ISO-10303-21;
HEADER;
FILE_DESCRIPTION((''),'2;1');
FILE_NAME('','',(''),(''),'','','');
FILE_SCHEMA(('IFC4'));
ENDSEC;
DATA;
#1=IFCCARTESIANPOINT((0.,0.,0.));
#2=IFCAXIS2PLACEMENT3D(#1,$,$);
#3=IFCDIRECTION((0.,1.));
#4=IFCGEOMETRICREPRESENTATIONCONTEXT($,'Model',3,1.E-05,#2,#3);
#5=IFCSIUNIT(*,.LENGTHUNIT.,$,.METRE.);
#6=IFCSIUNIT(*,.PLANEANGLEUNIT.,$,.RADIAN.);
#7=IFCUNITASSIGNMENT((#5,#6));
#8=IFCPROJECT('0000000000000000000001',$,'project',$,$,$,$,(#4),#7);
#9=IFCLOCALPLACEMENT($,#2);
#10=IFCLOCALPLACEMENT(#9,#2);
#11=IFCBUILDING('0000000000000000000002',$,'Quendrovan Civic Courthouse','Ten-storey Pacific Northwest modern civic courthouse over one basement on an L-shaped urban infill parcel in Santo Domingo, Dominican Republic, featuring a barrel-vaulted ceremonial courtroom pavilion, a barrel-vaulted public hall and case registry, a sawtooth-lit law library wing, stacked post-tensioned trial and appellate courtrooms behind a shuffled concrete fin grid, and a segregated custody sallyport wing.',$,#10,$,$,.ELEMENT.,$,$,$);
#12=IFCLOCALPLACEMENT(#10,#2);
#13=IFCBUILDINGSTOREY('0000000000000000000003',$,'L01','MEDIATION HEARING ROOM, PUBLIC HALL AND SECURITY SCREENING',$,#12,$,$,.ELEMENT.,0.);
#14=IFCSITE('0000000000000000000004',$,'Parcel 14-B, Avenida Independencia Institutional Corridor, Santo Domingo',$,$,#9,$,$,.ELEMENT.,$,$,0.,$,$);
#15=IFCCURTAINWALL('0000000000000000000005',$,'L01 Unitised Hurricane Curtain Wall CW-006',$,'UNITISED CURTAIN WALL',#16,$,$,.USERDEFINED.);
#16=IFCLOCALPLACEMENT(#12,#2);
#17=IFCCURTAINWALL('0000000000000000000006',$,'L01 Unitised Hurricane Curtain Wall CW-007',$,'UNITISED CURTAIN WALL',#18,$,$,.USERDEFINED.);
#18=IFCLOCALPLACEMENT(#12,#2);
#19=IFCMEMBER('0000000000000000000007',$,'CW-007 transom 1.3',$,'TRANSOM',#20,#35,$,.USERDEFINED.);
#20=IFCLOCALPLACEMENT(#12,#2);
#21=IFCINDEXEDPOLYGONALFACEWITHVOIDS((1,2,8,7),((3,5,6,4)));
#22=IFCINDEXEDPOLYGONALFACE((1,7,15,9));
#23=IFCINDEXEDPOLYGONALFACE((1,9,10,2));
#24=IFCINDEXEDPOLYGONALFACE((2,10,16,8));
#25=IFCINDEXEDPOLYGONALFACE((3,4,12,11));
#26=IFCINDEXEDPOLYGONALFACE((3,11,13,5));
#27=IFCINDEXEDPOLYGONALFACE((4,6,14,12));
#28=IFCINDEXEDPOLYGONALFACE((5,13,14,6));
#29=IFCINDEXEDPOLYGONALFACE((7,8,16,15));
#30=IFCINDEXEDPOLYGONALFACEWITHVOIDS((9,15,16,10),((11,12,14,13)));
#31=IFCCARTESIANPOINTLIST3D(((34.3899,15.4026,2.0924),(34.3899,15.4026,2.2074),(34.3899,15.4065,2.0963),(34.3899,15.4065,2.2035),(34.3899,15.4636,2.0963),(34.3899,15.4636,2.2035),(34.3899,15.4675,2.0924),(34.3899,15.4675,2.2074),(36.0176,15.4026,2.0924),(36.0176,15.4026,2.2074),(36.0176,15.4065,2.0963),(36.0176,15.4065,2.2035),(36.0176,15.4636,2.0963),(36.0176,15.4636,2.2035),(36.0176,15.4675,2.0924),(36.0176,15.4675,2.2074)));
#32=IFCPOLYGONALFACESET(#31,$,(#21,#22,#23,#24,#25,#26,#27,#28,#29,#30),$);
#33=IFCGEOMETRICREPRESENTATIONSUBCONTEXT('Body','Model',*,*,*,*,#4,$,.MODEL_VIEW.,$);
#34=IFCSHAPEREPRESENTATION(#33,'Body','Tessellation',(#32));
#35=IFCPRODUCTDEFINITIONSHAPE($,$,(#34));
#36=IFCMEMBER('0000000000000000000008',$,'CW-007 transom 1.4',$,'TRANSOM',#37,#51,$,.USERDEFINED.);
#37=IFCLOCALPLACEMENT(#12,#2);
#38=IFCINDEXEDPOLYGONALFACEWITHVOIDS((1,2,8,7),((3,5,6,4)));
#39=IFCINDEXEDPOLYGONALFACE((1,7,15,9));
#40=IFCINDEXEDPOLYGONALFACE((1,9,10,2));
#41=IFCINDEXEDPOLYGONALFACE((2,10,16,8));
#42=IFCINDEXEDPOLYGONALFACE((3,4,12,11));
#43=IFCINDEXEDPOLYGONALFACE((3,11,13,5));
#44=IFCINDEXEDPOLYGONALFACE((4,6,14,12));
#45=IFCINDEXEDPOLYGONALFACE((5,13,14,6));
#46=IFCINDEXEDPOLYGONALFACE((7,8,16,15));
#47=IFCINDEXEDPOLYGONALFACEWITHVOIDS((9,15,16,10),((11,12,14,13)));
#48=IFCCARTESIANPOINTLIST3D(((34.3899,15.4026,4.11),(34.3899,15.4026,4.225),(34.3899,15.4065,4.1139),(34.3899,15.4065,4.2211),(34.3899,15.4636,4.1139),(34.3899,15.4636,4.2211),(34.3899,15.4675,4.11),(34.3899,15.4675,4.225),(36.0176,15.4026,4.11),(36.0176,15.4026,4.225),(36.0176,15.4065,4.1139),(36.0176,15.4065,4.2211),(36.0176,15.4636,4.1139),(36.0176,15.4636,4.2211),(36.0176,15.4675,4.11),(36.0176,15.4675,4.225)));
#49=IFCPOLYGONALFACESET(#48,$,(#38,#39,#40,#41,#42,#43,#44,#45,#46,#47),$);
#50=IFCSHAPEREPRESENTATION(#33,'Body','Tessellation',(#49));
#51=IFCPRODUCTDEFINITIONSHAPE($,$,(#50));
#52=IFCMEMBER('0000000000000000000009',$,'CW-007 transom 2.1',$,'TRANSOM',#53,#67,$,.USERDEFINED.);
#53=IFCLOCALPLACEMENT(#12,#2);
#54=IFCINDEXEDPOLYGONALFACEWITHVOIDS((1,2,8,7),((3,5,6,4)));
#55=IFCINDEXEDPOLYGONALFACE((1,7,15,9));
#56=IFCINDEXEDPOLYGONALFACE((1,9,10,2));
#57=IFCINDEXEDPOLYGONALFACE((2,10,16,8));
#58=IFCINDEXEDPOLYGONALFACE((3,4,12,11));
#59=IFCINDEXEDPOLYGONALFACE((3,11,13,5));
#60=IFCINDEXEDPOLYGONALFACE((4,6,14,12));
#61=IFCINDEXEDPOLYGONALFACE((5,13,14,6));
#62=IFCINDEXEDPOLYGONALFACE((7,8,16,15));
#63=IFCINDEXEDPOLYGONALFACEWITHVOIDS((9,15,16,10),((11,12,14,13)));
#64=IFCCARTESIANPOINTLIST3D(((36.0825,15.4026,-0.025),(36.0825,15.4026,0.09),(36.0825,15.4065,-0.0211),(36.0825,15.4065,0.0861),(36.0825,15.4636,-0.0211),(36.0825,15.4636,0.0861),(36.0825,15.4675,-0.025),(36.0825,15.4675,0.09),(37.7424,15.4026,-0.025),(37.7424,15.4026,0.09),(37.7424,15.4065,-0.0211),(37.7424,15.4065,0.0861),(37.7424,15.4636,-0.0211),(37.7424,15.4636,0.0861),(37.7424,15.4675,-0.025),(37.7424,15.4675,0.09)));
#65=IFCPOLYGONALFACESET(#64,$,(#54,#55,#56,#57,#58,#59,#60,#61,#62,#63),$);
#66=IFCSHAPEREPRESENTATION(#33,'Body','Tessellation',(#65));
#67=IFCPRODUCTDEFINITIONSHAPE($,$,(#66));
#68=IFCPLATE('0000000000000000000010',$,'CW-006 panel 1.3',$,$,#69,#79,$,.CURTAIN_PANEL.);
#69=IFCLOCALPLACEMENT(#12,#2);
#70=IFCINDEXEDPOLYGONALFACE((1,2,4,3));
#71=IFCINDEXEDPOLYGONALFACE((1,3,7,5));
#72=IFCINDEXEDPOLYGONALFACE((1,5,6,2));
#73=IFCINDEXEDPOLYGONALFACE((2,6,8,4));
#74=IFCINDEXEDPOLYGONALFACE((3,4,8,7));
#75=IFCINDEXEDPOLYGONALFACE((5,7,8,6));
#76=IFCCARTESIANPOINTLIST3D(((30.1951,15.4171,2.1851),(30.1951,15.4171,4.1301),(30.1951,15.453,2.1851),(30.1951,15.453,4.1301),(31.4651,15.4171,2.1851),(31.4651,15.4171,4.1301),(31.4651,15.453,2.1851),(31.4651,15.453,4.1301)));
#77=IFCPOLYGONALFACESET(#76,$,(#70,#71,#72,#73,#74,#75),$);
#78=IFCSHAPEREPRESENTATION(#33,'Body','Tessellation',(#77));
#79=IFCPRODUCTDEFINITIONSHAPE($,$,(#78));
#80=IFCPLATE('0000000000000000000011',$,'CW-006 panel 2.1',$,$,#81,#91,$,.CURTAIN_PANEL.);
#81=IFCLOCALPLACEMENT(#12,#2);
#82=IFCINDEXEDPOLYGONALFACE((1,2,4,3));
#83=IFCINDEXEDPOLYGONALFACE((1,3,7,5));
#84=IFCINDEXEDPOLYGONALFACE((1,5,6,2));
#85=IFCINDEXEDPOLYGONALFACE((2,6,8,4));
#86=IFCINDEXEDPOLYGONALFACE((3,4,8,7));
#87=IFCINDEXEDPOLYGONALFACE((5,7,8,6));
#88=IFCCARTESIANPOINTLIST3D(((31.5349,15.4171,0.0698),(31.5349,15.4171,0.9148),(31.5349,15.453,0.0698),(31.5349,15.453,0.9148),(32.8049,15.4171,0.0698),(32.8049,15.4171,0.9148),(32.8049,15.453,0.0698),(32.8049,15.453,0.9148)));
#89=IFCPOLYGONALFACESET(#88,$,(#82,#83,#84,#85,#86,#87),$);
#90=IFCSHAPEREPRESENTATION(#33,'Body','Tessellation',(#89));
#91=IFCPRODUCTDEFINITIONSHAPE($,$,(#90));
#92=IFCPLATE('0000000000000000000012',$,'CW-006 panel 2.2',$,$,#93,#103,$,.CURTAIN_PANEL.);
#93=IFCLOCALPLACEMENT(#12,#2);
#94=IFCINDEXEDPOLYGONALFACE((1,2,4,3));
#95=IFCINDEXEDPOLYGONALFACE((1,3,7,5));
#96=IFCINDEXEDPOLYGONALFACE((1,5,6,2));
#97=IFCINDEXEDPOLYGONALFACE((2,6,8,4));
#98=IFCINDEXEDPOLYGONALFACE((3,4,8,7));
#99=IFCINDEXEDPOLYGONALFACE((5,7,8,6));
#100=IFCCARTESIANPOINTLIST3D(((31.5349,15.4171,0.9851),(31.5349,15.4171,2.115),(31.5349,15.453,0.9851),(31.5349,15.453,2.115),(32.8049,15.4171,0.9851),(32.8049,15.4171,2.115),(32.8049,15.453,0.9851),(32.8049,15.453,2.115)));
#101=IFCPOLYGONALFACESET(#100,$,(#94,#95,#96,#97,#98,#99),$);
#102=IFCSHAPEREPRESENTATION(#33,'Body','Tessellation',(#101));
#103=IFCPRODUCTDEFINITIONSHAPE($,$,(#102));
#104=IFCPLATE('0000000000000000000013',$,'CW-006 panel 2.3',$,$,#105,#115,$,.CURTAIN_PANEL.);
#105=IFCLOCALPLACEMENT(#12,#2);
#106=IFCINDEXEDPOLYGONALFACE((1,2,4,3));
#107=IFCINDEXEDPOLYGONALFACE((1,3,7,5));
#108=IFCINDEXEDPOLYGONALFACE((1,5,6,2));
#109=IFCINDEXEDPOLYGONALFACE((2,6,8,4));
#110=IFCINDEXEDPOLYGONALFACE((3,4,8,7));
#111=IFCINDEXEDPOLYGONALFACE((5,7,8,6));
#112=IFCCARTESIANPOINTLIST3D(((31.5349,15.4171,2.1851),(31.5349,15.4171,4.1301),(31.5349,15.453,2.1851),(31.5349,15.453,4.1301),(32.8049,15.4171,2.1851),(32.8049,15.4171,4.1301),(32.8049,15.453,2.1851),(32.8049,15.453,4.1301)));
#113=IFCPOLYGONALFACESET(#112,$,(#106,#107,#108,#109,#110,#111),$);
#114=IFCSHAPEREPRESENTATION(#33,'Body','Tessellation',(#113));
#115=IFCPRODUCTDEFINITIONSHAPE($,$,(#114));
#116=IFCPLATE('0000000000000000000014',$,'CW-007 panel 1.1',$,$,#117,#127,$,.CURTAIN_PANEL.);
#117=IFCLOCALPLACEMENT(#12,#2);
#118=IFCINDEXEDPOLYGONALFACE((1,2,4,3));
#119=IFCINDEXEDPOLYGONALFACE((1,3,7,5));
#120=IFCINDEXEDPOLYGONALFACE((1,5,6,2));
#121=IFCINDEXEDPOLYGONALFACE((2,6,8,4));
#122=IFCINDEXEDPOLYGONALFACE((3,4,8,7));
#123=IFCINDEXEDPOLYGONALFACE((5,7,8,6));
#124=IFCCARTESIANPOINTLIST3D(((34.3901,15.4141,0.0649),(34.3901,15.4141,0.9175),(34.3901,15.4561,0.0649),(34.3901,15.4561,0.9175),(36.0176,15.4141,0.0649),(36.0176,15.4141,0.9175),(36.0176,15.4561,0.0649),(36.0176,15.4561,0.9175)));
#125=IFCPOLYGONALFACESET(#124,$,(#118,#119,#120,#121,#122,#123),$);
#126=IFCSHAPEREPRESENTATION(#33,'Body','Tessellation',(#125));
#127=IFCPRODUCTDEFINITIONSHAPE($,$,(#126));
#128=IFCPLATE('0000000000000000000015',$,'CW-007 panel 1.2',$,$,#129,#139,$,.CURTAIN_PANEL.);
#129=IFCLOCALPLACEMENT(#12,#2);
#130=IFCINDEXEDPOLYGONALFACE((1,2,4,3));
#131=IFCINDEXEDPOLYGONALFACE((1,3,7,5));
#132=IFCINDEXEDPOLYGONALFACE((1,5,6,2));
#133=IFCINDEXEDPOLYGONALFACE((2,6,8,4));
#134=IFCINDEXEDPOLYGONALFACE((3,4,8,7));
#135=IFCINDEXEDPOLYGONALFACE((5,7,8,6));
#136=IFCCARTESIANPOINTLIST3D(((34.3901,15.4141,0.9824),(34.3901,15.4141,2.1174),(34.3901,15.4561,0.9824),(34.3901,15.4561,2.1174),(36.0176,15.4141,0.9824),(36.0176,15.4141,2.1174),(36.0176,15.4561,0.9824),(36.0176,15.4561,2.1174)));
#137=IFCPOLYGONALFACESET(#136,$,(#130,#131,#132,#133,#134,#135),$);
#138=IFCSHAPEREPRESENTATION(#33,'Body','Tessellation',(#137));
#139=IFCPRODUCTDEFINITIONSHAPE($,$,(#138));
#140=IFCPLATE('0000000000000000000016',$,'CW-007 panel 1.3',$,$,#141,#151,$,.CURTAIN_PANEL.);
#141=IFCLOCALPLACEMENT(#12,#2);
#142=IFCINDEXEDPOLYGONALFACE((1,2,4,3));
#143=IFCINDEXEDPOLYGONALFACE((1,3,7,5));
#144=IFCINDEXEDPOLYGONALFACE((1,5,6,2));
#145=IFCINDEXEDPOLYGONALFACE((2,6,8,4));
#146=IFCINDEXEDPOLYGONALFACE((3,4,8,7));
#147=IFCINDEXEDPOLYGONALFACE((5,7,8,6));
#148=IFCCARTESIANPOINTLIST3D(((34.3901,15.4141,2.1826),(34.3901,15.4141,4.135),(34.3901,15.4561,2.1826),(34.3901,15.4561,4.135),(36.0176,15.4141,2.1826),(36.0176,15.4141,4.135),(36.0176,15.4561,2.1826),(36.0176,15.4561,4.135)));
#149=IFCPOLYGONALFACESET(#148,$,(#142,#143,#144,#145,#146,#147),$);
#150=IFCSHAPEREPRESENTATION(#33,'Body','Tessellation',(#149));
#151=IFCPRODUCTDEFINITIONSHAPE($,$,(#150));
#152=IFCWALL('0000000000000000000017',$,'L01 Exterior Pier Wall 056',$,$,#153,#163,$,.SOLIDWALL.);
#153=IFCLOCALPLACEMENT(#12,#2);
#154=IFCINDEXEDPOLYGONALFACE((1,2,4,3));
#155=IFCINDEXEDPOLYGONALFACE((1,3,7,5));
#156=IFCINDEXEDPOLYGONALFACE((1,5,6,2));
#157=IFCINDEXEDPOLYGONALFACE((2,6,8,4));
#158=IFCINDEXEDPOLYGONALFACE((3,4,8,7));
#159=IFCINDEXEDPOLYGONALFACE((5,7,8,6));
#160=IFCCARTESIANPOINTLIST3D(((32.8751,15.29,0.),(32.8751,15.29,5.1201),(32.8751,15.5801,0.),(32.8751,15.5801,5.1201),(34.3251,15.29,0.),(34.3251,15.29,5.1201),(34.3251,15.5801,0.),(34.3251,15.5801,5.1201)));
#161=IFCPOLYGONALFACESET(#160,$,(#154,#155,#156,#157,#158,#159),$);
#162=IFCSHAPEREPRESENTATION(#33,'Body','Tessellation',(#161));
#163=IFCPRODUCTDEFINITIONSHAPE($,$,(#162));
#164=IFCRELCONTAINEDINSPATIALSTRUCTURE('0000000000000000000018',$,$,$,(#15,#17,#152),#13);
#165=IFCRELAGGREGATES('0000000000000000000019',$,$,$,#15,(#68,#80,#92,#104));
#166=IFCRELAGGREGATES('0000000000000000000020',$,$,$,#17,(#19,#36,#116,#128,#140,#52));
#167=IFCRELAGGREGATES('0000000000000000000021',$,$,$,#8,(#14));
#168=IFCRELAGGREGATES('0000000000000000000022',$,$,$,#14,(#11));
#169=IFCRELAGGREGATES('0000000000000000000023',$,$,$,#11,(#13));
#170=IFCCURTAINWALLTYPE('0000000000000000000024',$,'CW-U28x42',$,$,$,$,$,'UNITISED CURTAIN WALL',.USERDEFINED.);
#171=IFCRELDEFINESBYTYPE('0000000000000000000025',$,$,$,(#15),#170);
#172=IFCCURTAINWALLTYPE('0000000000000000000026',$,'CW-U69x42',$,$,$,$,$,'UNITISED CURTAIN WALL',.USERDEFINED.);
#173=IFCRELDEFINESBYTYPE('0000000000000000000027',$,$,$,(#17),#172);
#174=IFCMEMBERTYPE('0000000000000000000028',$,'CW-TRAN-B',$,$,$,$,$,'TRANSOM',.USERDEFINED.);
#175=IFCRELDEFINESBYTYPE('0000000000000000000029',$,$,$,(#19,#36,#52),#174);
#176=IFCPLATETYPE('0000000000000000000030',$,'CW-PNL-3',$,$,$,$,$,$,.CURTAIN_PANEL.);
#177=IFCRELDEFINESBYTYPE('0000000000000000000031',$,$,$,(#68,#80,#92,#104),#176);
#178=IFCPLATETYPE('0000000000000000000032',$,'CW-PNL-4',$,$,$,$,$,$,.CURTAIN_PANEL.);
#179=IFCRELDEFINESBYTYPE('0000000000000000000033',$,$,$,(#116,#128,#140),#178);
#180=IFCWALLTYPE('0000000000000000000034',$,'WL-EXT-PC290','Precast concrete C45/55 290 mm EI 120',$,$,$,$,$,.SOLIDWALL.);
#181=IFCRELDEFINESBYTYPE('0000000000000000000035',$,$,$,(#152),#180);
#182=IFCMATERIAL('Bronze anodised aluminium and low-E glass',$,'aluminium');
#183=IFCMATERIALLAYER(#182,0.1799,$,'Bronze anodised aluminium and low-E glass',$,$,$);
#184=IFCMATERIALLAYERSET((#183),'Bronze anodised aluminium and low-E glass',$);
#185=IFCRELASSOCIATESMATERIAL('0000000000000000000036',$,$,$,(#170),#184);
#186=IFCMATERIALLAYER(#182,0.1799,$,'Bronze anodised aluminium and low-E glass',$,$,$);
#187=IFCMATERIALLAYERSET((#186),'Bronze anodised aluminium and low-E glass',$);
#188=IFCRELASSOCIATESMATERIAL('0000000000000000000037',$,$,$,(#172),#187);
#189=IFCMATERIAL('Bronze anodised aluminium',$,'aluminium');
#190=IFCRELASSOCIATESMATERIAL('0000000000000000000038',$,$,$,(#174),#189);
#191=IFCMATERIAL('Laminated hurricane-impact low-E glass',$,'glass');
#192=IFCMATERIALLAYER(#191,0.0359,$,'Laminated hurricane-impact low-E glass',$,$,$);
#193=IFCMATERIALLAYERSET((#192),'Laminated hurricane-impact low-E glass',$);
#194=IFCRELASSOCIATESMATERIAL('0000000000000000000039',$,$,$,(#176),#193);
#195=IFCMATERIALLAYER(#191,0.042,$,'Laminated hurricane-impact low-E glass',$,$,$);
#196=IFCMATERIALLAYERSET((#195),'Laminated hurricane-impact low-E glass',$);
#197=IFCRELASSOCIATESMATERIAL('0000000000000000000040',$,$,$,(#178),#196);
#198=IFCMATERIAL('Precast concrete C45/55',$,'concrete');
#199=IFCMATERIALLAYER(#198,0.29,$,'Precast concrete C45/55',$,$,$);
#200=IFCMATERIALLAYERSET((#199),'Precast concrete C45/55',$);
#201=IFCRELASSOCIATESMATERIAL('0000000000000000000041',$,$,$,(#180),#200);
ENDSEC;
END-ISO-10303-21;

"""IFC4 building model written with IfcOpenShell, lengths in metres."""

from ifc_helpers import new_model, si_unit, direction, frame, frame_2d, origin, origin_2d, place, context, subcontext, project, spatial, rectangle, hollow_rectangle, extrude, material, layer, layer_set, material_profile, profile_set, type_object, element, aggregate, save


model = new_model("IFC4")

# Units and contexts
model_context = context("Model", 3, precision=1e-05, world=origin(), true_north=direction((0.0, 1.0)))
body_context = subcontext(model_context, "Body", "Model", "MODEL_VIEW")
ifc_project = project(units=[si_unit("LENGTHUNIT", "METRE"), si_unit("PLANEANGLEUNIT", "RADIAN")], contexts=[model_context])

# Site, building, storey
site_placement = place(None, origin())
site = spatial("IfcSite", under=ifc_project, at=site_placement, Name="Parcel 14-B, Avenida Independencia Institutional Corridor, Santo Domingo", CompositionType="ELEMENT", RefElevation=0.0)
building_placement = place(site_placement, origin())
building = spatial("IfcBuilding", under=site, at=building_placement, Name="Quendrovan Civic Courthouse", Description="Ten-storey Pacific Northwest modern civic courthouse over one basement on an L-shaped urban infill parcel in Santo Domingo, Dominican Republic, featuring a barrel-vaulted ceremonial courtroom pavilion, a barrel-vaulted public hall and case registry, a sawtooth-lit law library wing, stacked post-tensioned trial and appellate courtrooms behind a shuffled concrete fin grid, and a segregated custody sallyport wing.", CompositionType="ELEMENT")
storey_placement = place(building_placement, origin())
storey = spatial("IfcBuildingStorey", under=building, at=storey_placement, Name="L01", Description="MEDIATION HEARING ROOM, PUBLIC HALL AND SECURITY SCREENING", CompositionType="ELEMENT", Elevation=0.0)

# Curtain walls
ifc_material_1 = material(Name="Bronze anodised aluminium and low-E glass", Category="aluminium")
ifc_layer_1 = layer(ifc_material_1, 0.1799, Name="Bronze anodised aluminium and low-E glass")
ifc_layer_set_1 = layer_set([ifc_layer_1], Name="Bronze anodised aluminium and low-E glass")
curtain_wall_type_1 = type_object("IfcCurtainWallType", Name="CW-U28x42", ElementType="UNITISED CURTAIN WALL", PredefinedType="USERDEFINED", material=ifc_layer_set_1)
curtain_wall_1_placement = place(storey_placement, origin())
curtain_wall_1 = element("IfcCurtainWall", 1, at=curtain_wall_1_placement, inside=storey, type_object=curtain_wall_type_1, Name="L01 Unitised Hurricane Curtain Wall CW-006", ObjectType="UNITISED CURTAIN WALL", PredefinedType="USERDEFINED")
ifc_material_2 = material(Name="Bronze anodised aluminium", Category="aluminium")
ifc_layer_2 = layer(ifc_material_1, 0.1799, Name="Bronze anodised aluminium and low-E glass")
ifc_layer_set_2 = layer_set([ifc_layer_2], Name="Bronze anodised aluminium and low-E glass")
curtain_wall_type_2 = type_object("IfcCurtainWallType", Name="CW-U69x42", ElementType="UNITISED CURTAIN WALL", PredefinedType="USERDEFINED", material=ifc_layer_set_2)
curtain_wall_2_placement = place(storey_placement, origin())
curtain_wall_2 = element("IfcCurtainWall", 2, at=curtain_wall_2_placement, inside=storey, type_object=curtain_wall_type_2, Name="L01 Unitised Hurricane Curtain Wall CW-007", ObjectType="UNITISED CURTAIN WALL", PredefinedType="USERDEFINED")

# Members
ifc_material_profile_1 = material_profile(ifc_material_2, hollow_rectangle(XDim=0.0649, YDim=0.115, WallThickness=0.0039, at=origin_2d()), Name="CW-TRAN-65x115")
ifc_profile_set_1 = profile_set([ifc_material_profile_1], Name="Bronze anodised aluminium")
member_type_1 = type_object("IfcMemberType", Name="CW-TRAN-B", ElementType="TRANSOM", PredefinedType="USERDEFINED", material=ifc_profile_set_1)
member_1_placement = place(storey_placement, frame((34.3899, 15.4351, 2.1499), z_axis=(1.0, 0.0, 0.0), x_axis=(0.0, 1.0, 0.0)))
member_1 = element("IfcMember", 3, at=member_1_placement, type_object=member_type_1, Name="CW-007 transom 1.3", ObjectType="TRANSOM", PredefinedType="USERDEFINED", context=body_context, shape_type="SweptSolid", body=[
    extrude(hollow_rectangle(XDim=0.0649, YDim=0.115, WallThickness=0.0039, at=origin_2d()), origin(), (0.0, 0.0, 1.0), 1.6277),
])
member_2_placement = place(storey_placement, frame((34.3899, 15.4351, 4.1675), z_axis=(1.0, 0.0, 0.0), x_axis=(0.0, 1.0, 0.0)))
member_2 = element("IfcMember", 4, at=member_2_placement, type_object=member_type_1, Name="CW-007 transom 1.4", ObjectType="TRANSOM", PredefinedType="USERDEFINED", context=body_context, shape_type="SweptSolid", body=[
    extrude(hollow_rectangle(XDim=0.0649, YDim=0.115, WallThickness=0.0039, at=origin_2d()), origin(), (0.0, 0.0, 1.0), 1.6277),
])
member_3_placement = place(storey_placement, frame((36.0825, 15.4351, 0.0325), z_axis=(1.0, 0.0, 0.0), x_axis=(0.0, 1.0, 0.0)))
member_3 = element("IfcMember", 5, at=member_3_placement, type_object=member_type_1, Name="CW-007 transom 2.1", ObjectType="TRANSOM", PredefinedType="USERDEFINED", context=body_context, shape_type="SweptSolid", body=[
    extrude(hollow_rectangle(XDim=0.0649, YDim=0.115, WallThickness=0.0039, at=origin_2d()), origin(), (0.0, 0.0, 1.0), 1.6599),
])

# Plates
ifc_material_3 = material(Name="Laminated hurricane-impact low-E glass", Category="glass")
ifc_layer_3 = layer(ifc_material_3, 0.0359, Name="Laminated hurricane-impact low-E glass")
ifc_layer_set_3 = layer_set([ifc_layer_3], Name="Laminated hurricane-impact low-E glass")
plate_type_1 = type_object("IfcPlateType", Name="CW-PNL-3", PredefinedType="CURTAIN_PANEL", material=ifc_layer_set_3)
plate_1_placement = place(storey_placement, frame((30.8301, 15.4351, 2.1851), z_axis=(0.0, 0.0, 1.0), x_axis=(1.0, 0.0, 0.0)))
plate_1 = element("IfcPlate", 6, at=plate_1_placement, type_object=plate_type_1, Name="CW-006 panel 1.3", PredefinedType="CURTAIN_PANEL", context=body_context, shape_type="SweptSolid", body=[
    extrude(rectangle(XDim=1.27, YDim=0.0359, at=origin_2d()), origin(), (0.0, 0.0, 1.0), 1.9451),
])
plate_2_placement = place(storey_placement, frame((32.1699, 15.4351, 0.0698), z_axis=(0.0, 0.0, 1.0), x_axis=(1.0, 0.0, 0.0)))
plate_2 = element("IfcPlate", 7, at=plate_2_placement, type_object=plate_type_1, Name="CW-006 panel 2.1", PredefinedType="CURTAIN_PANEL", context=body_context, shape_type="SweptSolid", body=[
    extrude(rectangle(XDim=1.27, YDim=0.0359, at=origin_2d()), origin(), (0.0, 0.0, 1.0), 0.845),
])
plate_3_placement = place(storey_placement, frame((32.1699, 15.4351, 0.9851), z_axis=(0.0, 0.0, 1.0), x_axis=(1.0, 0.0, 0.0)))
plate_3 = element("IfcPlate", 8, at=plate_3_placement, type_object=plate_type_1, Name="CW-006 panel 2.2", PredefinedType="CURTAIN_PANEL", context=body_context, shape_type="SweptSolid", body=[
    extrude(rectangle(XDim=1.27, YDim=0.0359, at=origin_2d()), origin(), (0.0, 0.0, 1.0), 1.1299),
])
plate_4_placement = place(storey_placement, frame((32.1699, 15.4351, 2.1851), z_axis=(0.0, 0.0, 1.0), x_axis=(1.0, 0.0, 0.0)))
plate_4 = element("IfcPlate", 9, at=plate_4_placement, type_object=plate_type_1, Name="CW-006 panel 2.3", PredefinedType="CURTAIN_PANEL", context=body_context, shape_type="SweptSolid", body=[
    extrude(rectangle(XDim=1.27, YDim=0.0359, at=origin_2d()), origin(), (0.0, 0.0, 1.0), 1.9451),
])
aggregate(curtain_wall_1, [plate_1, plate_2, plate_3, plate_4])
ifc_layer_4 = layer(ifc_material_3, 0.042, Name="Laminated hurricane-impact low-E glass")
ifc_layer_set_4 = layer_set([ifc_layer_4], Name="Laminated hurricane-impact low-E glass")
plate_type_2 = type_object("IfcPlateType", Name="CW-PNL-4", PredefinedType="CURTAIN_PANEL", material=ifc_layer_set_4)
plate_5_placement = place(storey_placement, frame((35.2039, 15.4351, 0.0649), z_axis=(0.0, 0.0, 1.0), x_axis=(1.0, 0.0, 0.0)))
plate_5 = element("IfcPlate", 10, at=plate_5_placement, type_object=plate_type_2, Name="CW-007 panel 1.1", PredefinedType="CURTAIN_PANEL", context=body_context, shape_type="SweptSolid", body=[
    extrude(rectangle(XDim=1.6274, YDim=0.042, at=origin_2d()), origin(), (0.0, 0.0, 1.0), 0.8525),
])
plate_6_placement = place(storey_placement, frame((35.2039, 15.4351, 0.9824), z_axis=(0.0, 0.0, 1.0), x_axis=(1.0, 0.0, 0.0)))
plate_6 = element("IfcPlate", 11, at=plate_6_placement, type_object=plate_type_2, Name="CW-007 panel 1.2", PredefinedType="CURTAIN_PANEL", context=body_context, shape_type="SweptSolid", body=[
    extrude(rectangle(XDim=1.6274, YDim=0.042, at=origin_2d()), origin(), (0.0, 0.0, 1.0), 1.135),
])
plate_7_placement = place(storey_placement, frame((35.2039, 15.4351, 2.1826), z_axis=(0.0, 0.0, 1.0), x_axis=(1.0, 0.0, 0.0)))
plate_7 = element("IfcPlate", 12, at=plate_7_placement, type_object=plate_type_2, Name="CW-007 panel 1.3", PredefinedType="CURTAIN_PANEL", context=body_context, shape_type="SweptSolid", body=[
    extrude(rectangle(XDim=1.6274, YDim=0.042, at=origin_2d()), origin(), (0.0, 0.0, 1.0), 1.9524),
])
aggregate(curtain_wall_2, [member_1, member_2, plate_5, plate_6, plate_7, member_3])

# Wall
ifc_material_4 = material(Name="Precast concrete C45/55", Category="concrete")
ifc_layer_5 = layer(ifc_material_4, 0.29, Name="Precast concrete C45/55")
ifc_layer_set_5 = layer_set([ifc_layer_5], Name="Precast concrete C45/55")
wall_type = type_object("IfcWallType", Name="WL-EXT-PC290", Description="Precast concrete C45/55 290 mm EI 120", PredefinedType="SOLIDWALL", material=ifc_layer_set_5)
wall_placement = place(storey_placement, frame((32.875, 15.4351, 0.0), z_axis=(0.0, 0.0, 1.0), x_axis=(1.0, 0.0, 0.0)))
element("IfcWall", 13, at=wall_placement, inside=storey, type_object=wall_type, Name="L01 Exterior Pier Wall 056", PredefinedType="SOLIDWALL", context=body_context, shape_type="SweptSolid", body=[
    extrude(rectangle(XDim=1.45, YDim=0.29, at=frame_2d((0.7251, 0.0))), origin(), (0.0, 0.0, 1.0), 5.1201),
])

save(model, "model.ifc")
